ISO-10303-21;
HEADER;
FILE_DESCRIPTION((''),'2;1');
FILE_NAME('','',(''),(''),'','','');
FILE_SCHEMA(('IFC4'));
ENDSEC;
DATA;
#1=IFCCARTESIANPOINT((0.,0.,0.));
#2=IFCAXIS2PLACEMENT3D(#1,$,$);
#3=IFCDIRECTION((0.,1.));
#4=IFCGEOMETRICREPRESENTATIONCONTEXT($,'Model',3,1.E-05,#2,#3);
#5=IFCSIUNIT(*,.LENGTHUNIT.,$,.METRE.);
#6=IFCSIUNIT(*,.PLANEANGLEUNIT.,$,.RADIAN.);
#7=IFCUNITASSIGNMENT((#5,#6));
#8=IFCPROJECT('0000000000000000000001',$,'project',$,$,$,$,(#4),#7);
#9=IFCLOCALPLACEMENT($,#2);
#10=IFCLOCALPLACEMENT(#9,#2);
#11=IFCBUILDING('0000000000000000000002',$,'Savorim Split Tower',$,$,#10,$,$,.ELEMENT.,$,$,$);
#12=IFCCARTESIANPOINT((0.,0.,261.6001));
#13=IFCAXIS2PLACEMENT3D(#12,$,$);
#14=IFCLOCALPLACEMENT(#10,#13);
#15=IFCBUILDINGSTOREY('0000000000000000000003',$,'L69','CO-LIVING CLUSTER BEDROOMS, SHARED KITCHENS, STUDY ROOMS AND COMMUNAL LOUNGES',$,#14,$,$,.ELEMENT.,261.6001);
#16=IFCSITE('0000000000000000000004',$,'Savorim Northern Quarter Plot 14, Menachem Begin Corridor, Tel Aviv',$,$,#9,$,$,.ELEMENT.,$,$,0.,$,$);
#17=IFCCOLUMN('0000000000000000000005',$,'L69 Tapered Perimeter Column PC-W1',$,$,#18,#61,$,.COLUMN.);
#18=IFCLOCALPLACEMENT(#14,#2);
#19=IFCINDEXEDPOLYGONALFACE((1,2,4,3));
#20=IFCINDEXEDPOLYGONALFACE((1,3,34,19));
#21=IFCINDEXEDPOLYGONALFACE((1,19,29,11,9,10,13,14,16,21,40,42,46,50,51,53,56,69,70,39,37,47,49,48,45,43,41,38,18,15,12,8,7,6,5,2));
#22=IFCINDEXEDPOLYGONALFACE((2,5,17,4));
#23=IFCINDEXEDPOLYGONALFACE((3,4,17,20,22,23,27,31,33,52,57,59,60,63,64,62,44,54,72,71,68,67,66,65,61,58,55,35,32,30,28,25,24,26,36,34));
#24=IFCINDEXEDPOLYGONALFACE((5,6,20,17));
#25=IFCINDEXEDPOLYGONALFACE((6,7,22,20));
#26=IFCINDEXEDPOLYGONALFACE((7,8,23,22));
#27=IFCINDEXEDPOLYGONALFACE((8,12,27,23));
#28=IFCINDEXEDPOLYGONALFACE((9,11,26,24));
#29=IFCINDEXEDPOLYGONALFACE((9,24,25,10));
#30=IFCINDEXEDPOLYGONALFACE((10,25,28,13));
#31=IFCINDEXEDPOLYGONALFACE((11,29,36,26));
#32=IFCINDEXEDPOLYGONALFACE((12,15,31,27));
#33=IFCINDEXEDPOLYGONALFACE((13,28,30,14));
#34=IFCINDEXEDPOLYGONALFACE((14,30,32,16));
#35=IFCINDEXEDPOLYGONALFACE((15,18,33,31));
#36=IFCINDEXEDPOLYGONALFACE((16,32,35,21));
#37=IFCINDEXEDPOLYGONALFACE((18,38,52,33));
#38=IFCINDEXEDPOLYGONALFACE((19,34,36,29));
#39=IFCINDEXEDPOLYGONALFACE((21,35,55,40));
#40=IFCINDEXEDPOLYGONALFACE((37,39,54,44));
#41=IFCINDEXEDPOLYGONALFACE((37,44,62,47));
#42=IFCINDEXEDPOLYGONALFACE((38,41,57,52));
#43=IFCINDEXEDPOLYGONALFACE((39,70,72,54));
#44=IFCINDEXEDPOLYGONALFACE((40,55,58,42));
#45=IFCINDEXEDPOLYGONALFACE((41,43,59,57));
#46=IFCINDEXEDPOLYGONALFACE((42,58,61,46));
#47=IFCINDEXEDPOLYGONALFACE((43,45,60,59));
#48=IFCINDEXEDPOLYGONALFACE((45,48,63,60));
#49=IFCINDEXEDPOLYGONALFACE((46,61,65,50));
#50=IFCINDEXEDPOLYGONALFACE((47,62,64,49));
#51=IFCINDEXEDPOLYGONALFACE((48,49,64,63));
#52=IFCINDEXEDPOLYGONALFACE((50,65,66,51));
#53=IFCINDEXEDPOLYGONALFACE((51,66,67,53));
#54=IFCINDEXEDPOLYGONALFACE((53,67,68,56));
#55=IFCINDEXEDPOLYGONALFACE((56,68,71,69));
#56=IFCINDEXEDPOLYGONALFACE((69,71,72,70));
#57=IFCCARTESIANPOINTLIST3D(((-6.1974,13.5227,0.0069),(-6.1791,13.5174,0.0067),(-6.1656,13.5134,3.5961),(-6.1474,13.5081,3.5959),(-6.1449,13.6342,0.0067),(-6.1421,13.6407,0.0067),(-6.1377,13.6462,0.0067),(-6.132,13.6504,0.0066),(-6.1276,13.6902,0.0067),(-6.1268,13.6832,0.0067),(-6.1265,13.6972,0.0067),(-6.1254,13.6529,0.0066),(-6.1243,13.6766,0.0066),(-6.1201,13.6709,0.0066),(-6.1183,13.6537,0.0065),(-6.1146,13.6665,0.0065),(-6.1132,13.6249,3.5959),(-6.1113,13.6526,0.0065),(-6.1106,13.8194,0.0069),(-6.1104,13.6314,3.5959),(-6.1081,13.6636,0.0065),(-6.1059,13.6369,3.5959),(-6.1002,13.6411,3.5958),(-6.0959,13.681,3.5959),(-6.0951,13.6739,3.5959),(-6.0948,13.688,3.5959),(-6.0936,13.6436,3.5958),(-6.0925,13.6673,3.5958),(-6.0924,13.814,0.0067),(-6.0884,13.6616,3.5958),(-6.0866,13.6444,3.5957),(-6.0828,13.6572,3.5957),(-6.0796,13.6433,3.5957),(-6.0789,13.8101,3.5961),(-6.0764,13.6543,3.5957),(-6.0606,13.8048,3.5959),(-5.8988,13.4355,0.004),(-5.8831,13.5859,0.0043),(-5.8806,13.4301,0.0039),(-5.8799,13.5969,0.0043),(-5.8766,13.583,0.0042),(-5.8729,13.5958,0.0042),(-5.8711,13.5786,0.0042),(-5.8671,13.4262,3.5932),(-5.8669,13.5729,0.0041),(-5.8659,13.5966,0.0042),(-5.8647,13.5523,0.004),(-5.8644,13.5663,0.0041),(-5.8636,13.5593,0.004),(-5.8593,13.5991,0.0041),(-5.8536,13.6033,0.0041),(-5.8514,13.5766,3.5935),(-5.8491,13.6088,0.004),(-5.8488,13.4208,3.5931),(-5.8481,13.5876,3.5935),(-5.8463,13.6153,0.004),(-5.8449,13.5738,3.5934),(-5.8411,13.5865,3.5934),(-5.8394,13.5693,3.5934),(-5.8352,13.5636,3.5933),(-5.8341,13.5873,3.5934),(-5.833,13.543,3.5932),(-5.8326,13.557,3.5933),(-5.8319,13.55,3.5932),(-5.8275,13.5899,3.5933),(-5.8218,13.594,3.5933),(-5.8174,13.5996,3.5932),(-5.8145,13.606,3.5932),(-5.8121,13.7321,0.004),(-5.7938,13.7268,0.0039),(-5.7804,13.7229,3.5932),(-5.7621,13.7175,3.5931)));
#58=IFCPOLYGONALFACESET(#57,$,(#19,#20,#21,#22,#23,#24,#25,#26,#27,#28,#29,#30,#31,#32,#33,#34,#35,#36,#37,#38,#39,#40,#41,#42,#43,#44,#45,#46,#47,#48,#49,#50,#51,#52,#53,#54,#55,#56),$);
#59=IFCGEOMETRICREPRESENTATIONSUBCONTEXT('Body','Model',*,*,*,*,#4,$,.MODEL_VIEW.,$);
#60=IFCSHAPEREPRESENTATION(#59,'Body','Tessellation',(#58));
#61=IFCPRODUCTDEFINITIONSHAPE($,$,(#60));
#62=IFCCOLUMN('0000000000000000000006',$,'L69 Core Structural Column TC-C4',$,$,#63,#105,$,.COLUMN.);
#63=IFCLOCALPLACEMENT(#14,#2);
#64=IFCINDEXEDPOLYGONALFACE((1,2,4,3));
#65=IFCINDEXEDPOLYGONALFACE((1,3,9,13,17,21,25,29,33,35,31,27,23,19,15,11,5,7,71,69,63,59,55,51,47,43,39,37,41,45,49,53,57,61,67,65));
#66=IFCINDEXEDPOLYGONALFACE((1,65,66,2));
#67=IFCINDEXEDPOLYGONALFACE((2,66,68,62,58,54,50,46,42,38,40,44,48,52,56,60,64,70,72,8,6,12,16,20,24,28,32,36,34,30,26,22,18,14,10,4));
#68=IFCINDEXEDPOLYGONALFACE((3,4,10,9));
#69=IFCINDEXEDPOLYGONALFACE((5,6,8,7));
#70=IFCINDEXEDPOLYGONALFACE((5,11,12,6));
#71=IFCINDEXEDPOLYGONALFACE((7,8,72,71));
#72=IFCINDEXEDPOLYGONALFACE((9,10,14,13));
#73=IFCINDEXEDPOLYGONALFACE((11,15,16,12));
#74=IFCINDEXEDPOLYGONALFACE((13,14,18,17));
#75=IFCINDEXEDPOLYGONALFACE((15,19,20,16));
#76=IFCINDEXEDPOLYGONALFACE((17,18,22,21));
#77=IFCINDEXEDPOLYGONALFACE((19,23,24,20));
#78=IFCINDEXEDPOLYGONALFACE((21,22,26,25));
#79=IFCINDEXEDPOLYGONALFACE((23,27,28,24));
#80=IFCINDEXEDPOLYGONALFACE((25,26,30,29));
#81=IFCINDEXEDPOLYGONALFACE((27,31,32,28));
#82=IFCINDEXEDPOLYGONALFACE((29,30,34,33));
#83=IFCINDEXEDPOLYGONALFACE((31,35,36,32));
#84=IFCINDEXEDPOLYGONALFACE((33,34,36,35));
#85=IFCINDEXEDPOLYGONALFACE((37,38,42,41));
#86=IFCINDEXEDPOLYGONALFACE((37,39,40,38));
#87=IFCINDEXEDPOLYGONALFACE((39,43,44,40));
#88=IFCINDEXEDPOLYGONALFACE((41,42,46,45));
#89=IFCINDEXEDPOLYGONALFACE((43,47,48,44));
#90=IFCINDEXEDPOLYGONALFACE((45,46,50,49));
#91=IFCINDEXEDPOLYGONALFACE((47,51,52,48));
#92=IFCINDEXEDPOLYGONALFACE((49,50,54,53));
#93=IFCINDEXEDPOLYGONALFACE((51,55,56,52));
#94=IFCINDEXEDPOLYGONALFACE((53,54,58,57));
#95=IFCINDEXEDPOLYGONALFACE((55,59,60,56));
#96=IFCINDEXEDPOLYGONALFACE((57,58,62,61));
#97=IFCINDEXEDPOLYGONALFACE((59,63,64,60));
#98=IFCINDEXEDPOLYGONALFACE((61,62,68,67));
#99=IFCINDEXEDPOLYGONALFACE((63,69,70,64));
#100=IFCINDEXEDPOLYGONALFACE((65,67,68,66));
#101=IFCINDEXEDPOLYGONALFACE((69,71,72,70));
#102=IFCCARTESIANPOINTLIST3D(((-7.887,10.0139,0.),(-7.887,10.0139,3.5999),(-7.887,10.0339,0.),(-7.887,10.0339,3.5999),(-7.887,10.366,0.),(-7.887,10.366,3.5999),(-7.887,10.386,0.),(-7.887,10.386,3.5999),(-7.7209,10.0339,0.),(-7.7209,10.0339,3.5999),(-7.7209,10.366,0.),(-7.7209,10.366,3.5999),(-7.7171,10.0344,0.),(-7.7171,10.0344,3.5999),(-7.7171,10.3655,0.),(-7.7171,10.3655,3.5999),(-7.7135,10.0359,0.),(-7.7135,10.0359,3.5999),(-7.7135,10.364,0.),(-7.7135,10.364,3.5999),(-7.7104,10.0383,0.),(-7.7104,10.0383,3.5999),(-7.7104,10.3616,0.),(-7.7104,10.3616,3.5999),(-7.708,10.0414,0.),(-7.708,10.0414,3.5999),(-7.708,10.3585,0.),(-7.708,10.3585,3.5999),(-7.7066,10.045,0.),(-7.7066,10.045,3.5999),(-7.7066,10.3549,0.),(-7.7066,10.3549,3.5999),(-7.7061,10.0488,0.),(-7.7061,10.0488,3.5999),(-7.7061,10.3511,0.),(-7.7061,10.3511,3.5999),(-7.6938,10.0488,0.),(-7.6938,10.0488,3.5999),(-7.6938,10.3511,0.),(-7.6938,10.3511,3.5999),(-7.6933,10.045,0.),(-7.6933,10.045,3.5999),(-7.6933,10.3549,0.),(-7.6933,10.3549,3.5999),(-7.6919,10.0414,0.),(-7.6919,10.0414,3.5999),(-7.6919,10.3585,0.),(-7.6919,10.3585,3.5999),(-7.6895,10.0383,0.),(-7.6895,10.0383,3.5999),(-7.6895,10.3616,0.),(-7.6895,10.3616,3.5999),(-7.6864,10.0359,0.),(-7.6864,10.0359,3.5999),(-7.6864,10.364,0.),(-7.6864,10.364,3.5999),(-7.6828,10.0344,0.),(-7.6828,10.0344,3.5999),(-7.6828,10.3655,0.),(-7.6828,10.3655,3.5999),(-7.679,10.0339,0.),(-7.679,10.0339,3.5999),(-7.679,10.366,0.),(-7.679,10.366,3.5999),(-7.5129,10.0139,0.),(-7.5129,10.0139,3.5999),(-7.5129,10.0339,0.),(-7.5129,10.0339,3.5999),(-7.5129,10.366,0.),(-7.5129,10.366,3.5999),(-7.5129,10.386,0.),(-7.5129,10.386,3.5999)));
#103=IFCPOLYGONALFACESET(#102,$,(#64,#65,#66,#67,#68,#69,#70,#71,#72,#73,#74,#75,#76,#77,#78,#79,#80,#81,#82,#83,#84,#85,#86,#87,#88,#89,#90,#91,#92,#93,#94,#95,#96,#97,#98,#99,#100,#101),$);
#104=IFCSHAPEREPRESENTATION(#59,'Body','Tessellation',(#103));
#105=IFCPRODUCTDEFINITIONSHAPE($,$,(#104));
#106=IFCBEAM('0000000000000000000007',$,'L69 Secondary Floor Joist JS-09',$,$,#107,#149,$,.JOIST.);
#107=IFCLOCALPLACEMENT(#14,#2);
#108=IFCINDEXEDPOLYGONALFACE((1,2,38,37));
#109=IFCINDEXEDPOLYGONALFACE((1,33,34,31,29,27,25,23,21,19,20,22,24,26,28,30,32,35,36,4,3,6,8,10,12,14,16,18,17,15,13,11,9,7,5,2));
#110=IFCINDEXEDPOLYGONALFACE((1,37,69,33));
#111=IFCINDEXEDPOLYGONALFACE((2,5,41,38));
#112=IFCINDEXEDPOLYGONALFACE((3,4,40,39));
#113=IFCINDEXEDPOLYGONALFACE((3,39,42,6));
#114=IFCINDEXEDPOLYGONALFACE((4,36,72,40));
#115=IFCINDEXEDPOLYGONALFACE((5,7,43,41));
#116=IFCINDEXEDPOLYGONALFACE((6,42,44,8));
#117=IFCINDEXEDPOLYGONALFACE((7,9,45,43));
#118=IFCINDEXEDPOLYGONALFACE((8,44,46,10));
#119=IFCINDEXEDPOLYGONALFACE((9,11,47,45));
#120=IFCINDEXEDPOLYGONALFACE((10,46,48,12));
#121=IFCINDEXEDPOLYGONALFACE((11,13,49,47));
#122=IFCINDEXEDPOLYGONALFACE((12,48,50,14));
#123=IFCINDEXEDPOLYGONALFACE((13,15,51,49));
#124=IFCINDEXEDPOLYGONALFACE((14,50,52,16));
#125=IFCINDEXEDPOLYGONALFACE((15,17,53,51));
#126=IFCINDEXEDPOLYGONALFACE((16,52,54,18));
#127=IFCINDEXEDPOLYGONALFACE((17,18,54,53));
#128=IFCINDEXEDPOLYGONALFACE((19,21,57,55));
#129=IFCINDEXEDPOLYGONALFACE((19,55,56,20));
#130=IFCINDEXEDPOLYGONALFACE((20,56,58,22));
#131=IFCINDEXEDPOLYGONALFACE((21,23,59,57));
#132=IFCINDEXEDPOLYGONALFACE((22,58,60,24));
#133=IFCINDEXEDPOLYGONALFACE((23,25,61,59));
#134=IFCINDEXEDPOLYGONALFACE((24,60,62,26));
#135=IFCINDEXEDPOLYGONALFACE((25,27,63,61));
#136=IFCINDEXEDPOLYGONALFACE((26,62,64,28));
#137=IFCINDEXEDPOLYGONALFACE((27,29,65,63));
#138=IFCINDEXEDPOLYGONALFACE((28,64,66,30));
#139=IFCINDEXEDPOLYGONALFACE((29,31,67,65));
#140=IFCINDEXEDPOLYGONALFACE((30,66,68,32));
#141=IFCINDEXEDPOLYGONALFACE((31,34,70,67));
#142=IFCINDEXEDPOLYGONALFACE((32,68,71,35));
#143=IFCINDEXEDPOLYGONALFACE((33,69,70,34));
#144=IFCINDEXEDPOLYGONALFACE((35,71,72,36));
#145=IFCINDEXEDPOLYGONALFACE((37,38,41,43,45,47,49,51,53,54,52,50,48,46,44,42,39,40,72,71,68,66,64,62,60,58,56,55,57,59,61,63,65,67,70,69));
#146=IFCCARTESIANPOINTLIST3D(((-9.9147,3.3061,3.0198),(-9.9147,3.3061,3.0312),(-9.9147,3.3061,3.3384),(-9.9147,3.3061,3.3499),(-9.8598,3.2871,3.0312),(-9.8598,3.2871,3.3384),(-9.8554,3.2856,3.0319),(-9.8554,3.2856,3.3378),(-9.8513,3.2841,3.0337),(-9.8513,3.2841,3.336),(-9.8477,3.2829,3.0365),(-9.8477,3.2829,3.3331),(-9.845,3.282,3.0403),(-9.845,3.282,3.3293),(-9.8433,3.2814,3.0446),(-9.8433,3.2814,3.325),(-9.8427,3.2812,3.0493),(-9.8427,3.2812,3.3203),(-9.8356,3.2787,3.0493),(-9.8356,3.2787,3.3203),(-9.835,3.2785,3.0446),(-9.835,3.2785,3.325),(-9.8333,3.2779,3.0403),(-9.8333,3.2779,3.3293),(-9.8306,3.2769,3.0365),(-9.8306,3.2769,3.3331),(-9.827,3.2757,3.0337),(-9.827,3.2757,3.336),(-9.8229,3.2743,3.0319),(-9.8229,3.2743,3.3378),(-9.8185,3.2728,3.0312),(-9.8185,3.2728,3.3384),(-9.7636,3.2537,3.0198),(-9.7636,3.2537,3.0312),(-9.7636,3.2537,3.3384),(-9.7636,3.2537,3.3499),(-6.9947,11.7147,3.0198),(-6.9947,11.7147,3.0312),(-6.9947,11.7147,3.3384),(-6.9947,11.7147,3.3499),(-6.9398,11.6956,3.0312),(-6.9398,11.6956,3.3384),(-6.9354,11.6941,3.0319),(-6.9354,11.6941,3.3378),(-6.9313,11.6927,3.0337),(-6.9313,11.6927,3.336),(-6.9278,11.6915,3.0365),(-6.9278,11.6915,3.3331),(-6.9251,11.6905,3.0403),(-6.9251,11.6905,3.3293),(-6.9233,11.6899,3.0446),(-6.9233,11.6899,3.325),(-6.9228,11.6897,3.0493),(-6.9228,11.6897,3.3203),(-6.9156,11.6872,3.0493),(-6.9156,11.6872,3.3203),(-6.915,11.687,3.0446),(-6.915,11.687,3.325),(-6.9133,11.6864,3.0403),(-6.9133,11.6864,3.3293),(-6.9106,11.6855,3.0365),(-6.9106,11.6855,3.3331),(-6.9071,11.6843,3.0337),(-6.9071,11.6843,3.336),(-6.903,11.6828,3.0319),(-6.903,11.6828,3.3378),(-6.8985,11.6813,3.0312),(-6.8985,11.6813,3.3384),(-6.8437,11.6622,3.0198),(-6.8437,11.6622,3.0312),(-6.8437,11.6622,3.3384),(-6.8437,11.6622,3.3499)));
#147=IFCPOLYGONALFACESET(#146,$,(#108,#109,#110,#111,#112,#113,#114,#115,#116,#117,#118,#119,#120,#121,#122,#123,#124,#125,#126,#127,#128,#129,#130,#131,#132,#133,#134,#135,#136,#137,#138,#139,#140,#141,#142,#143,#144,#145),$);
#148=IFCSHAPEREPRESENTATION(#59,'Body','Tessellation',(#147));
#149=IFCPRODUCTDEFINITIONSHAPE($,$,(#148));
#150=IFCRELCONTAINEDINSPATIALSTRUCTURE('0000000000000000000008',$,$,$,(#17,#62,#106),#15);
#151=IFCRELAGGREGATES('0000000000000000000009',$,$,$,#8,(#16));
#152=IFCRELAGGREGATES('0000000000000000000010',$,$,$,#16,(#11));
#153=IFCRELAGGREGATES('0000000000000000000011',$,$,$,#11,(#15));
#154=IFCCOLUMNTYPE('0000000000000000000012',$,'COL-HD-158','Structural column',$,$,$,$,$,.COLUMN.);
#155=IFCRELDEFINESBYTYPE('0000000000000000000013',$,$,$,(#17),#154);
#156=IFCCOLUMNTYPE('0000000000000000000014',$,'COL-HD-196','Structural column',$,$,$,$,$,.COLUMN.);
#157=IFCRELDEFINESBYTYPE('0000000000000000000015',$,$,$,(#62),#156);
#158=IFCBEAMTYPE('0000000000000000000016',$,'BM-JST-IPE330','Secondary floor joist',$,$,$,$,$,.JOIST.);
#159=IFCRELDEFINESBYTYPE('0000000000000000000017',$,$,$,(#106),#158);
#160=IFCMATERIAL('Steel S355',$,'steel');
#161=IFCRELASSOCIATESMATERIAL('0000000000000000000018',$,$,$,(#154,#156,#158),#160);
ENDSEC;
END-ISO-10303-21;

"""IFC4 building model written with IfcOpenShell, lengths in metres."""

from ifc_helpers import new_model, si_unit, direction, frame, origin, origin_2d, place, context, subcontext, project, spatial, i_section, extrude, material, material_profile, profile_set, type_object, element, save


model = new_model("IFC4")

# Units and contexts
model_context = context("Model", 3, precision=1e-05, world=origin(), true_north=direction((0.0, 1.0)))
body_context = subcontext(model_context, "Body", "Model", "MODEL_VIEW")
ifc_project = project(units=[si_unit("LENGTHUNIT", "METRE"), si_unit("PLANEANGLEUNIT", "RADIAN")], contexts=[model_context])

# Site, building, storey
site_placement = place(None, origin())
site = spatial("IfcSite", under=ifc_project, at=site_placement, Name="Savorim Northern Quarter Plot 14, Menachem Begin Corridor, Tel Aviv", CompositionType="ELEMENT", RefElevation=0.0)
building_placement = place(site_placement, origin())
building = spatial("IfcBuilding", under=site, at=building_placement, Name="Savorim Split Tower", CompositionType="ELEMENT")
storey_placement = place(building_placement, frame((0.0, 0.0, 261.6001)))
storey = spatial("IfcBuildingStorey", under=building, at=storey_placement, Name="L69", Description="CO-LIVING CLUSTER BEDROOMS, SHARED KITCHENS, STUDY ROOMS AND COMMUNAL LOUNGES", CompositionType="ELEMENT", Elevation=261.6001)

# Columns
ifc_material_1 = material(Name="Steel S355", Category="steel")
ifc_material_profile_1 = material_profile(ifc_material_1, i_section(OverallWidth=0.3091, OverallDepth=0.3301, WebThickness=0.0115, FlangeThickness=0.019, FilletRadius=0.0271, at=origin_2d()), Name="HD 320x158")
ifc_profile_set_1 = profile_set([ifc_material_profile_1], Name="Steel S355")
column_type_1 = type_object("IfcColumnType", Name="COL-HD-158", Description="Structural column", PredefinedType="COLUMN", material=ifc_profile_set_1)
column_1_placement = place(storey_placement, frame((-5.9956, 13.6248, 0.0054), z_axis=(0.008843, -0.002585, 0.999958), x_axis=(0.280567, 0.959834, 0.0)))
element("IfcColumn", 1, at=column_1_placement, inside=storey, type_object=column_type_1, Name="L69 Tapered Perimeter Column PC-W1", PredefinedType="COLUMN", context=body_context, shape_type="SweptSolid", body=[
    extrude(i_section(OverallWidth=0.3091, OverallDepth=0.3301, WebThickness=0.0115, FlangeThickness=0.019, FilletRadius=0.0271, at=origin_2d()), origin(), (0.0, 0.0, 1.0), 3.5894),
])
ifc_material_profile_2 = material_profile(ifc_material_1, i_section(OverallWidth=0.374, OverallDepth=0.3721, WebThickness=0.0122, FlangeThickness=0.02, FilletRadius=0.0149, at=origin_2d()), Name="HD 360x196")
ifc_profile_set_2 = profile_set([ifc_material_profile_2], Name="Steel S355")
column_type_2 = type_object("IfcColumnType", Name="COL-HD-196", Description="Structural column", PredefinedType="COLUMN", material=ifc_profile_set_2)
column_2_placement = place(storey_placement, frame((-7.7, 10.2, 0.0), z_axis=(0.0, 0.0, 1.0), x_axis=(1.0, 0.0, 0.0)))
element("IfcColumn", 2, at=column_2_placement, inside=storey, type_object=column_type_2, Name="L69 Core Structural Column TC-C4", PredefinedType="COLUMN", context=body_context, shape_type="SweptSolid", body=[
    extrude(i_section(OverallWidth=0.374, OverallDepth=0.3721, WebThickness=0.0122, FlangeThickness=0.02, FilletRadius=0.0149, at=origin_2d()), origin(), (0.0, 0.0, 1.0), 3.5999),
])

# Beam
ifc_material_profile_3 = material_profile(ifc_material_1, i_section(OverallWidth=0.1599, OverallDepth=0.3301, WebThickness=0.0076, FlangeThickness=0.0115, FilletRadius=0.0181, at=origin_2d()), Name="IPE 330")
ifc_profile_set_3 = profile_set([ifc_material_profile_3], Name="Steel S355")
beam_type_1 = type_object("IfcBeamType", Name="BM-JST-IPE330", Description="Secondary floor joist", PredefinedType="JOIST", material=ifc_profile_set_3)
beam_1_placement = place(storey_placement, frame((-6.9192, 11.6885, 3.1848), z_axis=(-0.328044, -0.944662, 0.0), x_axis=(0.944662, -0.328044, 0.0)))
element("IfcBeam", 3, at=beam_1_placement, inside=storey, type_object=beam_type_1, Name="L69 Secondary Floor Joist JS-09", PredefinedType="JOIST", context=body_context, shape_type="SweptSolid", body=[
    extrude(i_section(OverallWidth=0.1599, OverallDepth=0.3301, WebThickness=0.0076, FlangeThickness=0.0115, FilletRadius=0.0181, at=origin_2d()), origin(), (0.0, 0.0, 1.0), 8.9011),
])

save(model, "model.ifc")
